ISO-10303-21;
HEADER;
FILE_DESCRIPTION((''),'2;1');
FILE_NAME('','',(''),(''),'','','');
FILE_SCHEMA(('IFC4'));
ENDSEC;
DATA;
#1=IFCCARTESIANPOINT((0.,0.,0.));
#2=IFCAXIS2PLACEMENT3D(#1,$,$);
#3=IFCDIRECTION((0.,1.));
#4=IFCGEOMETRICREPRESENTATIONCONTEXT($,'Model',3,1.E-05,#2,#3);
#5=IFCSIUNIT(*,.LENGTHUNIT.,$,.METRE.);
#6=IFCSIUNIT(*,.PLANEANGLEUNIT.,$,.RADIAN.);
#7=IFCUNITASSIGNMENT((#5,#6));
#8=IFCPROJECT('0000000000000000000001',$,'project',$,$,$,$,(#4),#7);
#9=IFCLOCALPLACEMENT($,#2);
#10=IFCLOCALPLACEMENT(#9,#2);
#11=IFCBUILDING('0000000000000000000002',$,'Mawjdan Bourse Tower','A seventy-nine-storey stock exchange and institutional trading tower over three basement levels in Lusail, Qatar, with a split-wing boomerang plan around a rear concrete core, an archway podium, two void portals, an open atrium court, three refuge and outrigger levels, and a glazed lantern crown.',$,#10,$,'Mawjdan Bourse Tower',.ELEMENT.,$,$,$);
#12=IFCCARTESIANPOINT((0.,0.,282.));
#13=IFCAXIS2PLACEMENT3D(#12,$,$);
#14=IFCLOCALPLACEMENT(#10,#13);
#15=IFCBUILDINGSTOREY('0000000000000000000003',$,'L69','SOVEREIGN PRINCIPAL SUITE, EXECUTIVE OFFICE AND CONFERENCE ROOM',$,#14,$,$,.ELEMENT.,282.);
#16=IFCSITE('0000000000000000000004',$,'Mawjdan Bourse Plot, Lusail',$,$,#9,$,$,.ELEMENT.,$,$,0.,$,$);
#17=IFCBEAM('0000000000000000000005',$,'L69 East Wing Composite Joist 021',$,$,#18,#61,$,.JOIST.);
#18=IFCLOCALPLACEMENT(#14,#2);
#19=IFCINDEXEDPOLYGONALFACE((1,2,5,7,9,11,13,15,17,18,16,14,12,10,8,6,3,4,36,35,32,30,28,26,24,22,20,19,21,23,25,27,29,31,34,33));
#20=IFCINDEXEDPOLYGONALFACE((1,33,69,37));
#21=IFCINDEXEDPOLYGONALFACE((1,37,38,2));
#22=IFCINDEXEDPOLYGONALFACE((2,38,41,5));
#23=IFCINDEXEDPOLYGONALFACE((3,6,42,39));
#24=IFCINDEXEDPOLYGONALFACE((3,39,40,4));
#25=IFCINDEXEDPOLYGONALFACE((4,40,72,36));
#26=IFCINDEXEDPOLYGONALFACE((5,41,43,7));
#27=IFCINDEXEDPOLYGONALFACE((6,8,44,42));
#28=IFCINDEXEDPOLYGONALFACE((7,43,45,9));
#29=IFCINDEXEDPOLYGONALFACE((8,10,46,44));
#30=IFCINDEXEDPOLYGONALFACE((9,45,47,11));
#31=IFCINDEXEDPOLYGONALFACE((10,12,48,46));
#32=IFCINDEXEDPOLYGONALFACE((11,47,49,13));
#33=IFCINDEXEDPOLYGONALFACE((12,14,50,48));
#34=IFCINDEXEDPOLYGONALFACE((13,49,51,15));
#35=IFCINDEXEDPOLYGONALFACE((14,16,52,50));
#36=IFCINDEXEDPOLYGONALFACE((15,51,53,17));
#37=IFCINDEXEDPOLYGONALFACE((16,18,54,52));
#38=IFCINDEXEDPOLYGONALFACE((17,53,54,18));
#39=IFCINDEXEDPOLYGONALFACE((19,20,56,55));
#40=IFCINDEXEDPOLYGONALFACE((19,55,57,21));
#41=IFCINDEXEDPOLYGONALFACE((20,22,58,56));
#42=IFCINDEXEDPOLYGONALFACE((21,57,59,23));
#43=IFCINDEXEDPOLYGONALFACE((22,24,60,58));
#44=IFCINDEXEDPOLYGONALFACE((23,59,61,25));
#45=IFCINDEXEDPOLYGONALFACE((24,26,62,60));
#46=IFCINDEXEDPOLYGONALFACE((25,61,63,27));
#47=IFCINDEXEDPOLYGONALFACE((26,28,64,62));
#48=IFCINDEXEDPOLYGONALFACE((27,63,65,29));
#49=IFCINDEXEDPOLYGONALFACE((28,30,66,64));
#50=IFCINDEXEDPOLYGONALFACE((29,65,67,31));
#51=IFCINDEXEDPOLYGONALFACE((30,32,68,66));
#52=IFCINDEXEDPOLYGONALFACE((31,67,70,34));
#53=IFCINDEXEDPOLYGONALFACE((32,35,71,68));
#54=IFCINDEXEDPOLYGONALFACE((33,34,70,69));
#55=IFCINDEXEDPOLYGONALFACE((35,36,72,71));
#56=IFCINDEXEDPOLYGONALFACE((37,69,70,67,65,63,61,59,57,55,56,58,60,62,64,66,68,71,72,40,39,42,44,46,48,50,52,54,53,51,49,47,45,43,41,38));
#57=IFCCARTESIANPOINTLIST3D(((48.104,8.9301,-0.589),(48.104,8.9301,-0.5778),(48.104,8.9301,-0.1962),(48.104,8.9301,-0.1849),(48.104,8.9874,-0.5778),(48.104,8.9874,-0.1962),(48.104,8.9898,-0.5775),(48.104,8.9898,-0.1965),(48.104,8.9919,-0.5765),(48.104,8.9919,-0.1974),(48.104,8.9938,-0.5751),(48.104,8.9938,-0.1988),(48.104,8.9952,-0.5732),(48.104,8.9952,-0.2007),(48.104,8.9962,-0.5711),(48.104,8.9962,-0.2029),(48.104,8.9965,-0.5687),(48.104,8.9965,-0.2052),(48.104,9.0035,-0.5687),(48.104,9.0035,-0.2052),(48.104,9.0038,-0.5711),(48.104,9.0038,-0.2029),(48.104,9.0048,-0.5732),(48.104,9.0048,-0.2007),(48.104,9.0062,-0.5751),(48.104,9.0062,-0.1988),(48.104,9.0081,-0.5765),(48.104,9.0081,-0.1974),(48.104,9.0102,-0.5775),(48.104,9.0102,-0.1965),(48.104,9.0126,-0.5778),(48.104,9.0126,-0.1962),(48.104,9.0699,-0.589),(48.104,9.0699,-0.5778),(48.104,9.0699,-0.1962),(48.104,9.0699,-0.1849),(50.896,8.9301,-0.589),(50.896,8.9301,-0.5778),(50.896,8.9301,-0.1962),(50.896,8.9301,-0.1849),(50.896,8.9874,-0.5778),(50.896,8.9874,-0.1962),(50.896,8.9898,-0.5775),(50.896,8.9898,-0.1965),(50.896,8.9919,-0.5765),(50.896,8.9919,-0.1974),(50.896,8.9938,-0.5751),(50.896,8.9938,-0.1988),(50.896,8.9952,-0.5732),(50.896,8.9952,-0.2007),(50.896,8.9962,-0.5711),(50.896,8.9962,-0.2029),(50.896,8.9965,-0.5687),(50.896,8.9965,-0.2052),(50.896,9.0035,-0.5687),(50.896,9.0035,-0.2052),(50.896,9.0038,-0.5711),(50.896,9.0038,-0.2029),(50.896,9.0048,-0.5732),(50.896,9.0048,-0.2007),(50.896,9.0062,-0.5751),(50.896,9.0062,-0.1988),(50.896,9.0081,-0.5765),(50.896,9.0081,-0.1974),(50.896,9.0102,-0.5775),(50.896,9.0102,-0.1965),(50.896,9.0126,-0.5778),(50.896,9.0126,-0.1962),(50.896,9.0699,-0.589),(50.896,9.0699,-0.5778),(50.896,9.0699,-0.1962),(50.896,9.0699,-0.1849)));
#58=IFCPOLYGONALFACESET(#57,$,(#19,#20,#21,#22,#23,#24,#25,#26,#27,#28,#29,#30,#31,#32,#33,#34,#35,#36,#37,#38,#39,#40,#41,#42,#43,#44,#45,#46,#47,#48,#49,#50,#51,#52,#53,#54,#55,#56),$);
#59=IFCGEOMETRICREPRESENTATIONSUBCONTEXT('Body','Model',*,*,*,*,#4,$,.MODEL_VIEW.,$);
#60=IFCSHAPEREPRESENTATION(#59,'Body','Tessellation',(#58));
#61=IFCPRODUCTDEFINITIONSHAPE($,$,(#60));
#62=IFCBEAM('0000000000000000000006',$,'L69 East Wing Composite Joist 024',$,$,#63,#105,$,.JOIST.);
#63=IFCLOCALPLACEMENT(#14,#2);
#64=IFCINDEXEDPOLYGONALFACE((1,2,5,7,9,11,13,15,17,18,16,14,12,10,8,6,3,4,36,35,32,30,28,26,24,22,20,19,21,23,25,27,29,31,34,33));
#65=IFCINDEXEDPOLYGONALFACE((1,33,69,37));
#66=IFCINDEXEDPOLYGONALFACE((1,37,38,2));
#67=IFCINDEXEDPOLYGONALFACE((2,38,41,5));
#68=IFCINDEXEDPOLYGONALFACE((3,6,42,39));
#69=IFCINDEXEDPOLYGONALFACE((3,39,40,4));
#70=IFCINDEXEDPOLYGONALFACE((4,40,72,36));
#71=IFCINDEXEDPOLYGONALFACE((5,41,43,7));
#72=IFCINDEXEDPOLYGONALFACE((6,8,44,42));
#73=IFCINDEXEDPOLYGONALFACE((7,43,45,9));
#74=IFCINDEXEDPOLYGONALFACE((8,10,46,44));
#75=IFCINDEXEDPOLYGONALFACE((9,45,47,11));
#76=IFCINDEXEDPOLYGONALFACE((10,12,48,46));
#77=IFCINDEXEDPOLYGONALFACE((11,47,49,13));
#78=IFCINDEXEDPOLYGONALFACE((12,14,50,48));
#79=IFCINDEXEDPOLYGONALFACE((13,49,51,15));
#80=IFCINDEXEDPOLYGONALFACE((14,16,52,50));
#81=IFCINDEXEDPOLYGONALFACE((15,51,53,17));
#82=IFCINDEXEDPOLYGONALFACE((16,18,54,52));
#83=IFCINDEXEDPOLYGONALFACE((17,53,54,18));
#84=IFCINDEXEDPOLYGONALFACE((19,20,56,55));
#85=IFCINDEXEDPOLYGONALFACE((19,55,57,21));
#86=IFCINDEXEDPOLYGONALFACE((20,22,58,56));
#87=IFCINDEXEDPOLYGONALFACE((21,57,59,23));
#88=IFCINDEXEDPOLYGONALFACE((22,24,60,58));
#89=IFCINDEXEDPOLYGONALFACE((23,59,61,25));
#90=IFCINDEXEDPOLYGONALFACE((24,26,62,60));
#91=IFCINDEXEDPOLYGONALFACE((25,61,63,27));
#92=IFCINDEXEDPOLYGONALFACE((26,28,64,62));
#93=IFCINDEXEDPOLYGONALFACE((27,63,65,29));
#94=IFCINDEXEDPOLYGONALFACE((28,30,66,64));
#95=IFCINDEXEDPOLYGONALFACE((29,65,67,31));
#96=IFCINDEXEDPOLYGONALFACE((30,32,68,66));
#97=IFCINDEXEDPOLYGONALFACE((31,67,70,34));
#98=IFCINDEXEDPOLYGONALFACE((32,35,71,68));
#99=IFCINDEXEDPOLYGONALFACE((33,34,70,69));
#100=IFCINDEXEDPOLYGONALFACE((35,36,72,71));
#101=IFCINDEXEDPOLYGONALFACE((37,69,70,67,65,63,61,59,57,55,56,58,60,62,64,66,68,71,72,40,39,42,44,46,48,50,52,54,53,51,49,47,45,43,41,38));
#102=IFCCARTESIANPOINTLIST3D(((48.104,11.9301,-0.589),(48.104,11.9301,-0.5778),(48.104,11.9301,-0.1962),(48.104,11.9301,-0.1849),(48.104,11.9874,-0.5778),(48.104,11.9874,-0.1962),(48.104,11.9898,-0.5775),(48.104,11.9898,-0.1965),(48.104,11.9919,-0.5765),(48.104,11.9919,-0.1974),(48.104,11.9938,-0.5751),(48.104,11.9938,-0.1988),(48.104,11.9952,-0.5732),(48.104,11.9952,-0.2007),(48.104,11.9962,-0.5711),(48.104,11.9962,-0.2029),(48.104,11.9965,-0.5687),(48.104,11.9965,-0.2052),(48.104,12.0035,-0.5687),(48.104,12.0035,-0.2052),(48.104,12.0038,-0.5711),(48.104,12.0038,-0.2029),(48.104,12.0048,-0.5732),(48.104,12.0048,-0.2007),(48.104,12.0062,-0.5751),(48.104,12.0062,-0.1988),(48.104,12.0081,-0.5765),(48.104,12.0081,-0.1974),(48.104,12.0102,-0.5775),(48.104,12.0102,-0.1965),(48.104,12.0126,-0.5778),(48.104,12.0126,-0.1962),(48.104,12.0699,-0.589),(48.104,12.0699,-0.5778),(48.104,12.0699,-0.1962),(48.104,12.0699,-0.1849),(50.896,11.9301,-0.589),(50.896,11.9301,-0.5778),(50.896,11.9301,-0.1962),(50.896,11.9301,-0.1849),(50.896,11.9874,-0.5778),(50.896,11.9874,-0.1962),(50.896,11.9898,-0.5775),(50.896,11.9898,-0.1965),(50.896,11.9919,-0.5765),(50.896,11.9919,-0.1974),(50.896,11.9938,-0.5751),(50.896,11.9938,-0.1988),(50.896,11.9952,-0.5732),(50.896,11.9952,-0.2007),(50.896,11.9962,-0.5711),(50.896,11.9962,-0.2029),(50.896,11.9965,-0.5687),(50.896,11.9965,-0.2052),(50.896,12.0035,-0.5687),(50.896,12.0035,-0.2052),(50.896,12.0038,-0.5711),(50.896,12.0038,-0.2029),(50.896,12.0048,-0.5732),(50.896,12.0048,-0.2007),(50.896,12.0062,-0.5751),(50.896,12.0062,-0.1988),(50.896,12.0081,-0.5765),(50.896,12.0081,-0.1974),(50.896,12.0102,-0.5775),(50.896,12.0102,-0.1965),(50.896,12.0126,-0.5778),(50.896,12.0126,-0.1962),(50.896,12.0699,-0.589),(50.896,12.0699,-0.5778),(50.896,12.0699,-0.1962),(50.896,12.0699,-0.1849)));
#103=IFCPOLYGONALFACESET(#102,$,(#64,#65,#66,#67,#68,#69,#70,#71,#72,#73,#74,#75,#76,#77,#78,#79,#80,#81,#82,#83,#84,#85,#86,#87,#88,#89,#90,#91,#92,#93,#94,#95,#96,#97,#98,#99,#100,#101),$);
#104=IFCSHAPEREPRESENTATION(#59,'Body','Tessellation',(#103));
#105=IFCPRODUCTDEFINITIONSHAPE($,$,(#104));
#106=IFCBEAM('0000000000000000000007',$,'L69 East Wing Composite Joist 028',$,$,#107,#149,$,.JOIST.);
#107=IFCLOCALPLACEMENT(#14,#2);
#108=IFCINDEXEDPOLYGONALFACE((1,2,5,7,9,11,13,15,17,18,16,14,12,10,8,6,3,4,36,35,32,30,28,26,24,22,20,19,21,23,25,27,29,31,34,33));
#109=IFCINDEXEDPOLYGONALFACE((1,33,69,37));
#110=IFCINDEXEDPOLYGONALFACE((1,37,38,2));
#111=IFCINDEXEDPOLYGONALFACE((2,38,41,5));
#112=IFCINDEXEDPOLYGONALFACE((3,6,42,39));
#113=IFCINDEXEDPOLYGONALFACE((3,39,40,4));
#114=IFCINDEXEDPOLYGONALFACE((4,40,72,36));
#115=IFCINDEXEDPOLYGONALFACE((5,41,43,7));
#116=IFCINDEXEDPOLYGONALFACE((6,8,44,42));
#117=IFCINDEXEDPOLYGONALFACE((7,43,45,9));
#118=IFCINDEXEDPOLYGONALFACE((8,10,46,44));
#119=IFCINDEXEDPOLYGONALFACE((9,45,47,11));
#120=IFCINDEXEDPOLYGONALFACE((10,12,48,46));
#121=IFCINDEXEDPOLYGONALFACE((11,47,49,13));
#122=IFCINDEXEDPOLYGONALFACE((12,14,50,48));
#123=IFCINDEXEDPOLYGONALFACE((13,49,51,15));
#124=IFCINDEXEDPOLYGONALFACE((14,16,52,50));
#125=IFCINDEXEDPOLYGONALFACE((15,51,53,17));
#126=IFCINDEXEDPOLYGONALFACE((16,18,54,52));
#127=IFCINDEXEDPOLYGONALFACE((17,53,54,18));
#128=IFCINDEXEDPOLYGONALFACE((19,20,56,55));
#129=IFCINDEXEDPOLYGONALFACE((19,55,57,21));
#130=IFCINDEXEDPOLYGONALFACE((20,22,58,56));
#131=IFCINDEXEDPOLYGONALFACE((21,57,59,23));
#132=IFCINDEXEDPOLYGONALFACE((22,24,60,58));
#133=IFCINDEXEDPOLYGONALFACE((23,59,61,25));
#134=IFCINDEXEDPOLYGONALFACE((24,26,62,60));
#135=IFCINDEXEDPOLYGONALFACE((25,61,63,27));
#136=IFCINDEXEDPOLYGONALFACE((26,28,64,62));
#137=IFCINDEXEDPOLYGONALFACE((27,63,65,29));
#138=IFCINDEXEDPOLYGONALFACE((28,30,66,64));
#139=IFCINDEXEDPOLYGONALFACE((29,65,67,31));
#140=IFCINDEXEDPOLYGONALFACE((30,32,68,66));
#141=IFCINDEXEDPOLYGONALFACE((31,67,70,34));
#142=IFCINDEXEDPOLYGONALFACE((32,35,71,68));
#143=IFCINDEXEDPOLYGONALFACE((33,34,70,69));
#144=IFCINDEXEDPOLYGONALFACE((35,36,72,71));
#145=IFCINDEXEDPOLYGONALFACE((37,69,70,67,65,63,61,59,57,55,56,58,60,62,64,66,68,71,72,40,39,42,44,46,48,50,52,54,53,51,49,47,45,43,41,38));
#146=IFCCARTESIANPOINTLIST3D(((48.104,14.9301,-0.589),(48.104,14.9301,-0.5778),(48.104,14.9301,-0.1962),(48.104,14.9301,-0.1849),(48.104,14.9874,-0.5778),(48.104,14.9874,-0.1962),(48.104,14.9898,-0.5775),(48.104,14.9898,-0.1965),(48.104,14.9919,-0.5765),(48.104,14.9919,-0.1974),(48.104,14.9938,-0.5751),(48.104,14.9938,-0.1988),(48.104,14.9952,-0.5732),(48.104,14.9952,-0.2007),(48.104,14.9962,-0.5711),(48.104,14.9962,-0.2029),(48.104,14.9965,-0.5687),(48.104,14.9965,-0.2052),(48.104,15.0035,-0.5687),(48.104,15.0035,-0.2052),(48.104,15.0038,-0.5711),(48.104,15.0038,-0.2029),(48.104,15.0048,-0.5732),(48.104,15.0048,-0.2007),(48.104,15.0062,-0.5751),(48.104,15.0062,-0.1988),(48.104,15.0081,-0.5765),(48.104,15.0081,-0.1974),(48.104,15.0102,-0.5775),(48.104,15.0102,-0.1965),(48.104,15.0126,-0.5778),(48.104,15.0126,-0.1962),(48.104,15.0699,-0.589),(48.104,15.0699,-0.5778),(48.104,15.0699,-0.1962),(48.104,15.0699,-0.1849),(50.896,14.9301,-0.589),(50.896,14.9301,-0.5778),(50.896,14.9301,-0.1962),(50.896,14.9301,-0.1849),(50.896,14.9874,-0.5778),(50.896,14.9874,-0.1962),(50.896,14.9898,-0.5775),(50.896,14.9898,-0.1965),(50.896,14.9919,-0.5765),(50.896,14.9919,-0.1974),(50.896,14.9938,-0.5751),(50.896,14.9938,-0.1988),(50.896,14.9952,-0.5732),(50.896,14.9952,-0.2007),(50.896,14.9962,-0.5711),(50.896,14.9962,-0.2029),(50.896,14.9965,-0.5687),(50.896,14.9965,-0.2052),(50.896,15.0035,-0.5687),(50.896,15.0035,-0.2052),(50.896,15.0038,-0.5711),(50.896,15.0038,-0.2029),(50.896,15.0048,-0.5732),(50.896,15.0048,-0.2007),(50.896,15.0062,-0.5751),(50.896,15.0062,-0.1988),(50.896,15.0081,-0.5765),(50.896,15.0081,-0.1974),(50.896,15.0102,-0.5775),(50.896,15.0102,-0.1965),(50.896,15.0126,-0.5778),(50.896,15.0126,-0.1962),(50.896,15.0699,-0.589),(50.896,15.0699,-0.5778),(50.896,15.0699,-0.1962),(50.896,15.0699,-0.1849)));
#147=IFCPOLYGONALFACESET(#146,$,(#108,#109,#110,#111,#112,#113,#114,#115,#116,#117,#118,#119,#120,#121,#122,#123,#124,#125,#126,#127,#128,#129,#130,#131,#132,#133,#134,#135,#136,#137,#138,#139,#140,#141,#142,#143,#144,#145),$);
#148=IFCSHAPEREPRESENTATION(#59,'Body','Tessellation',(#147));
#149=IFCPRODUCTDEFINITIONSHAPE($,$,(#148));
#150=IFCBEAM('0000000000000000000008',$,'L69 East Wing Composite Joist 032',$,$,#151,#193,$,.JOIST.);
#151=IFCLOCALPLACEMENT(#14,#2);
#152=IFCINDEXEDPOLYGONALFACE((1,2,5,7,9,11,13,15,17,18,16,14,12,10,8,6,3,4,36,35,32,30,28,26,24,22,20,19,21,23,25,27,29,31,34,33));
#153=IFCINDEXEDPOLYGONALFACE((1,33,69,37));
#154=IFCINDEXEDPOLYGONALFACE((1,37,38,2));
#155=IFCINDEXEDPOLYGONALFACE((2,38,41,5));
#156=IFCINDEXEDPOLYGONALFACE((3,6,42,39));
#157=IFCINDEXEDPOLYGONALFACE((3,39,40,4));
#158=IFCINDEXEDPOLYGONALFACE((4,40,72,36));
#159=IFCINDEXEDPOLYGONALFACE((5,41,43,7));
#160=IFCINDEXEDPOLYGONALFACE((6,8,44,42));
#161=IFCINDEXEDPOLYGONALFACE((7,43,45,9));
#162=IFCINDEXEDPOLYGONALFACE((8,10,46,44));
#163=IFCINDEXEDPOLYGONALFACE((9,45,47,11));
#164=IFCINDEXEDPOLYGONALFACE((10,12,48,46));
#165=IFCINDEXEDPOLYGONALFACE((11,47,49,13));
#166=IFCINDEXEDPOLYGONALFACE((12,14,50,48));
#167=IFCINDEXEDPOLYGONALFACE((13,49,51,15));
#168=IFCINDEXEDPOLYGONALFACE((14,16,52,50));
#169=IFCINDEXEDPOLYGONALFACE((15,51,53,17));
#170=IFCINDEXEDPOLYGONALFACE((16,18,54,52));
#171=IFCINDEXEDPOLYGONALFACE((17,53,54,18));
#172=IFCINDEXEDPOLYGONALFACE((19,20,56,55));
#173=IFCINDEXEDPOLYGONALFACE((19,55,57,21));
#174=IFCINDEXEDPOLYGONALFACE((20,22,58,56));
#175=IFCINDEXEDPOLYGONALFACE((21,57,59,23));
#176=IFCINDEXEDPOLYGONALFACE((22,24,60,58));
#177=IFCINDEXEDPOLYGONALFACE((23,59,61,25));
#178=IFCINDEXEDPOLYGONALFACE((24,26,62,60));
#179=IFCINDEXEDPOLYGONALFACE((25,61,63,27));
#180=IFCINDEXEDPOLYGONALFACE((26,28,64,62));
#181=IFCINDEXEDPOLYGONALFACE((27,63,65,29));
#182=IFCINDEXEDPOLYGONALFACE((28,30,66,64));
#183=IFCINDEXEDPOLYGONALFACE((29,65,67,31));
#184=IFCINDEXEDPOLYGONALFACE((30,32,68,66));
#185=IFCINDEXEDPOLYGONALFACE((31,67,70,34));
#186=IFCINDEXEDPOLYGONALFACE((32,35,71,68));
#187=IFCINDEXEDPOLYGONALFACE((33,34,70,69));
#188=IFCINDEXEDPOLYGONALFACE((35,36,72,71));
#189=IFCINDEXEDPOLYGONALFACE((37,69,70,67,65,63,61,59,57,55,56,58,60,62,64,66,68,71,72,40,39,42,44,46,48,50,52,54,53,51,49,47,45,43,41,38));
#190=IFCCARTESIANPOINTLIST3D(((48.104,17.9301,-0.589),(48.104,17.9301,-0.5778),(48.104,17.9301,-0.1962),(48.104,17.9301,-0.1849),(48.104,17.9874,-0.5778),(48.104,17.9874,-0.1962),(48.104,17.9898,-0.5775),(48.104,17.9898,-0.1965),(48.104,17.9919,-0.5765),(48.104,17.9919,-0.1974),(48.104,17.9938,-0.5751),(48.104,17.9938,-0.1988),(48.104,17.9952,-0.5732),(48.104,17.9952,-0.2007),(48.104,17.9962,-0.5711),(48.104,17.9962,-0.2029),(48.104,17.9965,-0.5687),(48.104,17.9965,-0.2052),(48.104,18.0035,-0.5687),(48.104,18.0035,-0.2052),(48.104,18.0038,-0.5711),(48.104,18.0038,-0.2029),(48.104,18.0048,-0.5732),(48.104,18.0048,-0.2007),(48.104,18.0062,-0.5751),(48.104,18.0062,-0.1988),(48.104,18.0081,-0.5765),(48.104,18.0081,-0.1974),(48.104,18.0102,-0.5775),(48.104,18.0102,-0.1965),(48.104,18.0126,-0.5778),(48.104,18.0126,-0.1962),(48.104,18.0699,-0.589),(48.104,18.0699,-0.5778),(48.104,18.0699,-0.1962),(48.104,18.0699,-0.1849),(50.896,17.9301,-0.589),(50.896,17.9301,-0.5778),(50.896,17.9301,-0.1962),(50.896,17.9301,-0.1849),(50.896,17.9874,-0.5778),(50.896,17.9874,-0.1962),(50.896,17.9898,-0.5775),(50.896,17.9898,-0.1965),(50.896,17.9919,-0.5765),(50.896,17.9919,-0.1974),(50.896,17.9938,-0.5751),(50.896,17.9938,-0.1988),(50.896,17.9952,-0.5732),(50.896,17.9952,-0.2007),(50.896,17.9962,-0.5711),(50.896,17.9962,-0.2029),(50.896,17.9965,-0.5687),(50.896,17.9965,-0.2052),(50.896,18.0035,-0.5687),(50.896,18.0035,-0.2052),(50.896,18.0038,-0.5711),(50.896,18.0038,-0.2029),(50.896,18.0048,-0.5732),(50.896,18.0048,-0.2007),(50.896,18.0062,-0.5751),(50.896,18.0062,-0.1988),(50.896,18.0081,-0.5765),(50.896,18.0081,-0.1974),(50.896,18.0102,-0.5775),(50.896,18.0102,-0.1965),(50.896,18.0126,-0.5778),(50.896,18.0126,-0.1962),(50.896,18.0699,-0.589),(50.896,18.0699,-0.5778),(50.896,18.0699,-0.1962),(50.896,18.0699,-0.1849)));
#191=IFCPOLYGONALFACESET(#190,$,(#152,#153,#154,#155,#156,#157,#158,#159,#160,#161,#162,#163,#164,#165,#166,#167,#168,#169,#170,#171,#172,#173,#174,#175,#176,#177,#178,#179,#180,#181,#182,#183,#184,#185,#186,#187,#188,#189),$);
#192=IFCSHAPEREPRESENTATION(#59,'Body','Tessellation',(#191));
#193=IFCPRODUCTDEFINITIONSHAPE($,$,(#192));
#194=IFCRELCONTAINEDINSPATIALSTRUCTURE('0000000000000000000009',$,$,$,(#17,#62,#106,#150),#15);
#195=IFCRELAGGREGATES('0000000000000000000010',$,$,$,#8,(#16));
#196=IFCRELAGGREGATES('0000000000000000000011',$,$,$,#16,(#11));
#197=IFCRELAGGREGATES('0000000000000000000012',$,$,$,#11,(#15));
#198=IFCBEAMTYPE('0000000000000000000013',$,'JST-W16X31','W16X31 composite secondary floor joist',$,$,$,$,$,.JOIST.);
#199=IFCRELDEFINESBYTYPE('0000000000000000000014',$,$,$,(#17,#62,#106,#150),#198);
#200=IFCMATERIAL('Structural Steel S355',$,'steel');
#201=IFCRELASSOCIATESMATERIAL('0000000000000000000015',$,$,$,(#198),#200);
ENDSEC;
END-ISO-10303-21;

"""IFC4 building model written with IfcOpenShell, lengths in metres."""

from ifc_helpers import new_model, si_unit, direction, frame, origin, origin_2d, place, context, subcontext, project, spatial, i_section, extrude, material, material_profile, profile_set, type_object, element, save


model = new_model("IFC4")

# Units and contexts
model_context = context("Model", 3, precision=1e-05, world=origin(), true_north=direction((0.0, 1.0)))
body_context = subcontext(model_context, "Body", "Model", "MODEL_VIEW")
ifc_project = project(units=[si_unit("LENGTHUNIT", "METRE"), si_unit("PLANEANGLEUNIT", "RADIAN")], contexts=[model_context])

# Site, building, storey
site_placement = place(None, origin())
site = spatial("IfcSite", under=ifc_project, at=site_placement, Name="Mawjdan Bourse Plot, Lusail", CompositionType="ELEMENT", RefElevation=0.0)
building_placement = place(site_placement, origin())
building = spatial("IfcBuilding", under=site, at=building_placement, Name="Mawjdan Bourse Tower", Description="A seventy-nine-storey stock exchange and institutional trading tower over three basement levels in Lusail, Qatar, with a split-wing boomerang plan around a rear concrete core, an archway podium, two void portals, an open atrium court, three refuge and outrigger levels, and a glazed lantern crown.", LongName="Mawjdan Bourse Tower", CompositionType="ELEMENT")
storey_placement = place(building_placement, frame((0.0, 0.0, 282.0)))
storey = spatial("IfcBuildingStorey", under=building, at=storey_placement, Name="L69", Description="SOVEREIGN PRINCIPAL SUITE, EXECUTIVE OFFICE AND CONFERENCE ROOM", CompositionType="ELEMENT", Elevation=282.0)

# Beams
ifc_material_1 = material(Name="Structural Steel S355", Category="steel")
ifc_material_profile_1 = material_profile(ifc_material_1, i_section(OverallWidth=0.1399, OverallDepth=0.4041, WebThickness=0.0071, FlangeThickness=0.0112, FilletRadius=0.009, at=origin_2d()), Name="W16X31")
ifc_profile_set_1 = profile_set([ifc_material_profile_1], Name="Structural Steel S355")
beam_type_1 = type_object("IfcBeamType", Name="JST-W16X31", Description="W16X31 composite secondary floor joist", PredefinedType="JOIST", material=ifc_profile_set_1)
for number, where, z_axis, x_axis, name in (
    (1, (48.104, 9.0, -0.387), (1.0, 0.0, 0.0), (0.0, 1.0, 0.0), "L69 East Wing Composite Joist 021"),
    (2, (48.104, 12.0, -0.387), (1.0, 0.0, 0.0), (0.0, 1.0, 0.0), "L69 East Wing Composite Joist 024"),
    (3, (48.104, 15.0, -0.387), (1.0, 0.0, 0.0), (0.0, 1.0, 0.0), "L69 East Wing Composite Joist 028"),
    (4, (48.104, 18.0, -0.387), (1.0, 0.0, 0.0), (0.0, 1.0, 0.0), "L69 East Wing Composite Joist 032"),
):
    element("IfcBeam", number, at=place(storey_placement, frame(where, z_axis=z_axis, x_axis=x_axis)), inside=storey, type_object=beam_type_1, Name=name, PredefinedType="JOIST", context=body_context, shape_type="SweptSolid", body=[
        extrude(i_section(OverallWidth=0.1399, OverallDepth=0.4041, WebThickness=0.0071, FlangeThickness=0.0112, FilletRadius=0.009, at=origin_2d()), origin(), (0.0, 0.0, 1.0), 2.792),
    ])

save(model, "model.ifc")
